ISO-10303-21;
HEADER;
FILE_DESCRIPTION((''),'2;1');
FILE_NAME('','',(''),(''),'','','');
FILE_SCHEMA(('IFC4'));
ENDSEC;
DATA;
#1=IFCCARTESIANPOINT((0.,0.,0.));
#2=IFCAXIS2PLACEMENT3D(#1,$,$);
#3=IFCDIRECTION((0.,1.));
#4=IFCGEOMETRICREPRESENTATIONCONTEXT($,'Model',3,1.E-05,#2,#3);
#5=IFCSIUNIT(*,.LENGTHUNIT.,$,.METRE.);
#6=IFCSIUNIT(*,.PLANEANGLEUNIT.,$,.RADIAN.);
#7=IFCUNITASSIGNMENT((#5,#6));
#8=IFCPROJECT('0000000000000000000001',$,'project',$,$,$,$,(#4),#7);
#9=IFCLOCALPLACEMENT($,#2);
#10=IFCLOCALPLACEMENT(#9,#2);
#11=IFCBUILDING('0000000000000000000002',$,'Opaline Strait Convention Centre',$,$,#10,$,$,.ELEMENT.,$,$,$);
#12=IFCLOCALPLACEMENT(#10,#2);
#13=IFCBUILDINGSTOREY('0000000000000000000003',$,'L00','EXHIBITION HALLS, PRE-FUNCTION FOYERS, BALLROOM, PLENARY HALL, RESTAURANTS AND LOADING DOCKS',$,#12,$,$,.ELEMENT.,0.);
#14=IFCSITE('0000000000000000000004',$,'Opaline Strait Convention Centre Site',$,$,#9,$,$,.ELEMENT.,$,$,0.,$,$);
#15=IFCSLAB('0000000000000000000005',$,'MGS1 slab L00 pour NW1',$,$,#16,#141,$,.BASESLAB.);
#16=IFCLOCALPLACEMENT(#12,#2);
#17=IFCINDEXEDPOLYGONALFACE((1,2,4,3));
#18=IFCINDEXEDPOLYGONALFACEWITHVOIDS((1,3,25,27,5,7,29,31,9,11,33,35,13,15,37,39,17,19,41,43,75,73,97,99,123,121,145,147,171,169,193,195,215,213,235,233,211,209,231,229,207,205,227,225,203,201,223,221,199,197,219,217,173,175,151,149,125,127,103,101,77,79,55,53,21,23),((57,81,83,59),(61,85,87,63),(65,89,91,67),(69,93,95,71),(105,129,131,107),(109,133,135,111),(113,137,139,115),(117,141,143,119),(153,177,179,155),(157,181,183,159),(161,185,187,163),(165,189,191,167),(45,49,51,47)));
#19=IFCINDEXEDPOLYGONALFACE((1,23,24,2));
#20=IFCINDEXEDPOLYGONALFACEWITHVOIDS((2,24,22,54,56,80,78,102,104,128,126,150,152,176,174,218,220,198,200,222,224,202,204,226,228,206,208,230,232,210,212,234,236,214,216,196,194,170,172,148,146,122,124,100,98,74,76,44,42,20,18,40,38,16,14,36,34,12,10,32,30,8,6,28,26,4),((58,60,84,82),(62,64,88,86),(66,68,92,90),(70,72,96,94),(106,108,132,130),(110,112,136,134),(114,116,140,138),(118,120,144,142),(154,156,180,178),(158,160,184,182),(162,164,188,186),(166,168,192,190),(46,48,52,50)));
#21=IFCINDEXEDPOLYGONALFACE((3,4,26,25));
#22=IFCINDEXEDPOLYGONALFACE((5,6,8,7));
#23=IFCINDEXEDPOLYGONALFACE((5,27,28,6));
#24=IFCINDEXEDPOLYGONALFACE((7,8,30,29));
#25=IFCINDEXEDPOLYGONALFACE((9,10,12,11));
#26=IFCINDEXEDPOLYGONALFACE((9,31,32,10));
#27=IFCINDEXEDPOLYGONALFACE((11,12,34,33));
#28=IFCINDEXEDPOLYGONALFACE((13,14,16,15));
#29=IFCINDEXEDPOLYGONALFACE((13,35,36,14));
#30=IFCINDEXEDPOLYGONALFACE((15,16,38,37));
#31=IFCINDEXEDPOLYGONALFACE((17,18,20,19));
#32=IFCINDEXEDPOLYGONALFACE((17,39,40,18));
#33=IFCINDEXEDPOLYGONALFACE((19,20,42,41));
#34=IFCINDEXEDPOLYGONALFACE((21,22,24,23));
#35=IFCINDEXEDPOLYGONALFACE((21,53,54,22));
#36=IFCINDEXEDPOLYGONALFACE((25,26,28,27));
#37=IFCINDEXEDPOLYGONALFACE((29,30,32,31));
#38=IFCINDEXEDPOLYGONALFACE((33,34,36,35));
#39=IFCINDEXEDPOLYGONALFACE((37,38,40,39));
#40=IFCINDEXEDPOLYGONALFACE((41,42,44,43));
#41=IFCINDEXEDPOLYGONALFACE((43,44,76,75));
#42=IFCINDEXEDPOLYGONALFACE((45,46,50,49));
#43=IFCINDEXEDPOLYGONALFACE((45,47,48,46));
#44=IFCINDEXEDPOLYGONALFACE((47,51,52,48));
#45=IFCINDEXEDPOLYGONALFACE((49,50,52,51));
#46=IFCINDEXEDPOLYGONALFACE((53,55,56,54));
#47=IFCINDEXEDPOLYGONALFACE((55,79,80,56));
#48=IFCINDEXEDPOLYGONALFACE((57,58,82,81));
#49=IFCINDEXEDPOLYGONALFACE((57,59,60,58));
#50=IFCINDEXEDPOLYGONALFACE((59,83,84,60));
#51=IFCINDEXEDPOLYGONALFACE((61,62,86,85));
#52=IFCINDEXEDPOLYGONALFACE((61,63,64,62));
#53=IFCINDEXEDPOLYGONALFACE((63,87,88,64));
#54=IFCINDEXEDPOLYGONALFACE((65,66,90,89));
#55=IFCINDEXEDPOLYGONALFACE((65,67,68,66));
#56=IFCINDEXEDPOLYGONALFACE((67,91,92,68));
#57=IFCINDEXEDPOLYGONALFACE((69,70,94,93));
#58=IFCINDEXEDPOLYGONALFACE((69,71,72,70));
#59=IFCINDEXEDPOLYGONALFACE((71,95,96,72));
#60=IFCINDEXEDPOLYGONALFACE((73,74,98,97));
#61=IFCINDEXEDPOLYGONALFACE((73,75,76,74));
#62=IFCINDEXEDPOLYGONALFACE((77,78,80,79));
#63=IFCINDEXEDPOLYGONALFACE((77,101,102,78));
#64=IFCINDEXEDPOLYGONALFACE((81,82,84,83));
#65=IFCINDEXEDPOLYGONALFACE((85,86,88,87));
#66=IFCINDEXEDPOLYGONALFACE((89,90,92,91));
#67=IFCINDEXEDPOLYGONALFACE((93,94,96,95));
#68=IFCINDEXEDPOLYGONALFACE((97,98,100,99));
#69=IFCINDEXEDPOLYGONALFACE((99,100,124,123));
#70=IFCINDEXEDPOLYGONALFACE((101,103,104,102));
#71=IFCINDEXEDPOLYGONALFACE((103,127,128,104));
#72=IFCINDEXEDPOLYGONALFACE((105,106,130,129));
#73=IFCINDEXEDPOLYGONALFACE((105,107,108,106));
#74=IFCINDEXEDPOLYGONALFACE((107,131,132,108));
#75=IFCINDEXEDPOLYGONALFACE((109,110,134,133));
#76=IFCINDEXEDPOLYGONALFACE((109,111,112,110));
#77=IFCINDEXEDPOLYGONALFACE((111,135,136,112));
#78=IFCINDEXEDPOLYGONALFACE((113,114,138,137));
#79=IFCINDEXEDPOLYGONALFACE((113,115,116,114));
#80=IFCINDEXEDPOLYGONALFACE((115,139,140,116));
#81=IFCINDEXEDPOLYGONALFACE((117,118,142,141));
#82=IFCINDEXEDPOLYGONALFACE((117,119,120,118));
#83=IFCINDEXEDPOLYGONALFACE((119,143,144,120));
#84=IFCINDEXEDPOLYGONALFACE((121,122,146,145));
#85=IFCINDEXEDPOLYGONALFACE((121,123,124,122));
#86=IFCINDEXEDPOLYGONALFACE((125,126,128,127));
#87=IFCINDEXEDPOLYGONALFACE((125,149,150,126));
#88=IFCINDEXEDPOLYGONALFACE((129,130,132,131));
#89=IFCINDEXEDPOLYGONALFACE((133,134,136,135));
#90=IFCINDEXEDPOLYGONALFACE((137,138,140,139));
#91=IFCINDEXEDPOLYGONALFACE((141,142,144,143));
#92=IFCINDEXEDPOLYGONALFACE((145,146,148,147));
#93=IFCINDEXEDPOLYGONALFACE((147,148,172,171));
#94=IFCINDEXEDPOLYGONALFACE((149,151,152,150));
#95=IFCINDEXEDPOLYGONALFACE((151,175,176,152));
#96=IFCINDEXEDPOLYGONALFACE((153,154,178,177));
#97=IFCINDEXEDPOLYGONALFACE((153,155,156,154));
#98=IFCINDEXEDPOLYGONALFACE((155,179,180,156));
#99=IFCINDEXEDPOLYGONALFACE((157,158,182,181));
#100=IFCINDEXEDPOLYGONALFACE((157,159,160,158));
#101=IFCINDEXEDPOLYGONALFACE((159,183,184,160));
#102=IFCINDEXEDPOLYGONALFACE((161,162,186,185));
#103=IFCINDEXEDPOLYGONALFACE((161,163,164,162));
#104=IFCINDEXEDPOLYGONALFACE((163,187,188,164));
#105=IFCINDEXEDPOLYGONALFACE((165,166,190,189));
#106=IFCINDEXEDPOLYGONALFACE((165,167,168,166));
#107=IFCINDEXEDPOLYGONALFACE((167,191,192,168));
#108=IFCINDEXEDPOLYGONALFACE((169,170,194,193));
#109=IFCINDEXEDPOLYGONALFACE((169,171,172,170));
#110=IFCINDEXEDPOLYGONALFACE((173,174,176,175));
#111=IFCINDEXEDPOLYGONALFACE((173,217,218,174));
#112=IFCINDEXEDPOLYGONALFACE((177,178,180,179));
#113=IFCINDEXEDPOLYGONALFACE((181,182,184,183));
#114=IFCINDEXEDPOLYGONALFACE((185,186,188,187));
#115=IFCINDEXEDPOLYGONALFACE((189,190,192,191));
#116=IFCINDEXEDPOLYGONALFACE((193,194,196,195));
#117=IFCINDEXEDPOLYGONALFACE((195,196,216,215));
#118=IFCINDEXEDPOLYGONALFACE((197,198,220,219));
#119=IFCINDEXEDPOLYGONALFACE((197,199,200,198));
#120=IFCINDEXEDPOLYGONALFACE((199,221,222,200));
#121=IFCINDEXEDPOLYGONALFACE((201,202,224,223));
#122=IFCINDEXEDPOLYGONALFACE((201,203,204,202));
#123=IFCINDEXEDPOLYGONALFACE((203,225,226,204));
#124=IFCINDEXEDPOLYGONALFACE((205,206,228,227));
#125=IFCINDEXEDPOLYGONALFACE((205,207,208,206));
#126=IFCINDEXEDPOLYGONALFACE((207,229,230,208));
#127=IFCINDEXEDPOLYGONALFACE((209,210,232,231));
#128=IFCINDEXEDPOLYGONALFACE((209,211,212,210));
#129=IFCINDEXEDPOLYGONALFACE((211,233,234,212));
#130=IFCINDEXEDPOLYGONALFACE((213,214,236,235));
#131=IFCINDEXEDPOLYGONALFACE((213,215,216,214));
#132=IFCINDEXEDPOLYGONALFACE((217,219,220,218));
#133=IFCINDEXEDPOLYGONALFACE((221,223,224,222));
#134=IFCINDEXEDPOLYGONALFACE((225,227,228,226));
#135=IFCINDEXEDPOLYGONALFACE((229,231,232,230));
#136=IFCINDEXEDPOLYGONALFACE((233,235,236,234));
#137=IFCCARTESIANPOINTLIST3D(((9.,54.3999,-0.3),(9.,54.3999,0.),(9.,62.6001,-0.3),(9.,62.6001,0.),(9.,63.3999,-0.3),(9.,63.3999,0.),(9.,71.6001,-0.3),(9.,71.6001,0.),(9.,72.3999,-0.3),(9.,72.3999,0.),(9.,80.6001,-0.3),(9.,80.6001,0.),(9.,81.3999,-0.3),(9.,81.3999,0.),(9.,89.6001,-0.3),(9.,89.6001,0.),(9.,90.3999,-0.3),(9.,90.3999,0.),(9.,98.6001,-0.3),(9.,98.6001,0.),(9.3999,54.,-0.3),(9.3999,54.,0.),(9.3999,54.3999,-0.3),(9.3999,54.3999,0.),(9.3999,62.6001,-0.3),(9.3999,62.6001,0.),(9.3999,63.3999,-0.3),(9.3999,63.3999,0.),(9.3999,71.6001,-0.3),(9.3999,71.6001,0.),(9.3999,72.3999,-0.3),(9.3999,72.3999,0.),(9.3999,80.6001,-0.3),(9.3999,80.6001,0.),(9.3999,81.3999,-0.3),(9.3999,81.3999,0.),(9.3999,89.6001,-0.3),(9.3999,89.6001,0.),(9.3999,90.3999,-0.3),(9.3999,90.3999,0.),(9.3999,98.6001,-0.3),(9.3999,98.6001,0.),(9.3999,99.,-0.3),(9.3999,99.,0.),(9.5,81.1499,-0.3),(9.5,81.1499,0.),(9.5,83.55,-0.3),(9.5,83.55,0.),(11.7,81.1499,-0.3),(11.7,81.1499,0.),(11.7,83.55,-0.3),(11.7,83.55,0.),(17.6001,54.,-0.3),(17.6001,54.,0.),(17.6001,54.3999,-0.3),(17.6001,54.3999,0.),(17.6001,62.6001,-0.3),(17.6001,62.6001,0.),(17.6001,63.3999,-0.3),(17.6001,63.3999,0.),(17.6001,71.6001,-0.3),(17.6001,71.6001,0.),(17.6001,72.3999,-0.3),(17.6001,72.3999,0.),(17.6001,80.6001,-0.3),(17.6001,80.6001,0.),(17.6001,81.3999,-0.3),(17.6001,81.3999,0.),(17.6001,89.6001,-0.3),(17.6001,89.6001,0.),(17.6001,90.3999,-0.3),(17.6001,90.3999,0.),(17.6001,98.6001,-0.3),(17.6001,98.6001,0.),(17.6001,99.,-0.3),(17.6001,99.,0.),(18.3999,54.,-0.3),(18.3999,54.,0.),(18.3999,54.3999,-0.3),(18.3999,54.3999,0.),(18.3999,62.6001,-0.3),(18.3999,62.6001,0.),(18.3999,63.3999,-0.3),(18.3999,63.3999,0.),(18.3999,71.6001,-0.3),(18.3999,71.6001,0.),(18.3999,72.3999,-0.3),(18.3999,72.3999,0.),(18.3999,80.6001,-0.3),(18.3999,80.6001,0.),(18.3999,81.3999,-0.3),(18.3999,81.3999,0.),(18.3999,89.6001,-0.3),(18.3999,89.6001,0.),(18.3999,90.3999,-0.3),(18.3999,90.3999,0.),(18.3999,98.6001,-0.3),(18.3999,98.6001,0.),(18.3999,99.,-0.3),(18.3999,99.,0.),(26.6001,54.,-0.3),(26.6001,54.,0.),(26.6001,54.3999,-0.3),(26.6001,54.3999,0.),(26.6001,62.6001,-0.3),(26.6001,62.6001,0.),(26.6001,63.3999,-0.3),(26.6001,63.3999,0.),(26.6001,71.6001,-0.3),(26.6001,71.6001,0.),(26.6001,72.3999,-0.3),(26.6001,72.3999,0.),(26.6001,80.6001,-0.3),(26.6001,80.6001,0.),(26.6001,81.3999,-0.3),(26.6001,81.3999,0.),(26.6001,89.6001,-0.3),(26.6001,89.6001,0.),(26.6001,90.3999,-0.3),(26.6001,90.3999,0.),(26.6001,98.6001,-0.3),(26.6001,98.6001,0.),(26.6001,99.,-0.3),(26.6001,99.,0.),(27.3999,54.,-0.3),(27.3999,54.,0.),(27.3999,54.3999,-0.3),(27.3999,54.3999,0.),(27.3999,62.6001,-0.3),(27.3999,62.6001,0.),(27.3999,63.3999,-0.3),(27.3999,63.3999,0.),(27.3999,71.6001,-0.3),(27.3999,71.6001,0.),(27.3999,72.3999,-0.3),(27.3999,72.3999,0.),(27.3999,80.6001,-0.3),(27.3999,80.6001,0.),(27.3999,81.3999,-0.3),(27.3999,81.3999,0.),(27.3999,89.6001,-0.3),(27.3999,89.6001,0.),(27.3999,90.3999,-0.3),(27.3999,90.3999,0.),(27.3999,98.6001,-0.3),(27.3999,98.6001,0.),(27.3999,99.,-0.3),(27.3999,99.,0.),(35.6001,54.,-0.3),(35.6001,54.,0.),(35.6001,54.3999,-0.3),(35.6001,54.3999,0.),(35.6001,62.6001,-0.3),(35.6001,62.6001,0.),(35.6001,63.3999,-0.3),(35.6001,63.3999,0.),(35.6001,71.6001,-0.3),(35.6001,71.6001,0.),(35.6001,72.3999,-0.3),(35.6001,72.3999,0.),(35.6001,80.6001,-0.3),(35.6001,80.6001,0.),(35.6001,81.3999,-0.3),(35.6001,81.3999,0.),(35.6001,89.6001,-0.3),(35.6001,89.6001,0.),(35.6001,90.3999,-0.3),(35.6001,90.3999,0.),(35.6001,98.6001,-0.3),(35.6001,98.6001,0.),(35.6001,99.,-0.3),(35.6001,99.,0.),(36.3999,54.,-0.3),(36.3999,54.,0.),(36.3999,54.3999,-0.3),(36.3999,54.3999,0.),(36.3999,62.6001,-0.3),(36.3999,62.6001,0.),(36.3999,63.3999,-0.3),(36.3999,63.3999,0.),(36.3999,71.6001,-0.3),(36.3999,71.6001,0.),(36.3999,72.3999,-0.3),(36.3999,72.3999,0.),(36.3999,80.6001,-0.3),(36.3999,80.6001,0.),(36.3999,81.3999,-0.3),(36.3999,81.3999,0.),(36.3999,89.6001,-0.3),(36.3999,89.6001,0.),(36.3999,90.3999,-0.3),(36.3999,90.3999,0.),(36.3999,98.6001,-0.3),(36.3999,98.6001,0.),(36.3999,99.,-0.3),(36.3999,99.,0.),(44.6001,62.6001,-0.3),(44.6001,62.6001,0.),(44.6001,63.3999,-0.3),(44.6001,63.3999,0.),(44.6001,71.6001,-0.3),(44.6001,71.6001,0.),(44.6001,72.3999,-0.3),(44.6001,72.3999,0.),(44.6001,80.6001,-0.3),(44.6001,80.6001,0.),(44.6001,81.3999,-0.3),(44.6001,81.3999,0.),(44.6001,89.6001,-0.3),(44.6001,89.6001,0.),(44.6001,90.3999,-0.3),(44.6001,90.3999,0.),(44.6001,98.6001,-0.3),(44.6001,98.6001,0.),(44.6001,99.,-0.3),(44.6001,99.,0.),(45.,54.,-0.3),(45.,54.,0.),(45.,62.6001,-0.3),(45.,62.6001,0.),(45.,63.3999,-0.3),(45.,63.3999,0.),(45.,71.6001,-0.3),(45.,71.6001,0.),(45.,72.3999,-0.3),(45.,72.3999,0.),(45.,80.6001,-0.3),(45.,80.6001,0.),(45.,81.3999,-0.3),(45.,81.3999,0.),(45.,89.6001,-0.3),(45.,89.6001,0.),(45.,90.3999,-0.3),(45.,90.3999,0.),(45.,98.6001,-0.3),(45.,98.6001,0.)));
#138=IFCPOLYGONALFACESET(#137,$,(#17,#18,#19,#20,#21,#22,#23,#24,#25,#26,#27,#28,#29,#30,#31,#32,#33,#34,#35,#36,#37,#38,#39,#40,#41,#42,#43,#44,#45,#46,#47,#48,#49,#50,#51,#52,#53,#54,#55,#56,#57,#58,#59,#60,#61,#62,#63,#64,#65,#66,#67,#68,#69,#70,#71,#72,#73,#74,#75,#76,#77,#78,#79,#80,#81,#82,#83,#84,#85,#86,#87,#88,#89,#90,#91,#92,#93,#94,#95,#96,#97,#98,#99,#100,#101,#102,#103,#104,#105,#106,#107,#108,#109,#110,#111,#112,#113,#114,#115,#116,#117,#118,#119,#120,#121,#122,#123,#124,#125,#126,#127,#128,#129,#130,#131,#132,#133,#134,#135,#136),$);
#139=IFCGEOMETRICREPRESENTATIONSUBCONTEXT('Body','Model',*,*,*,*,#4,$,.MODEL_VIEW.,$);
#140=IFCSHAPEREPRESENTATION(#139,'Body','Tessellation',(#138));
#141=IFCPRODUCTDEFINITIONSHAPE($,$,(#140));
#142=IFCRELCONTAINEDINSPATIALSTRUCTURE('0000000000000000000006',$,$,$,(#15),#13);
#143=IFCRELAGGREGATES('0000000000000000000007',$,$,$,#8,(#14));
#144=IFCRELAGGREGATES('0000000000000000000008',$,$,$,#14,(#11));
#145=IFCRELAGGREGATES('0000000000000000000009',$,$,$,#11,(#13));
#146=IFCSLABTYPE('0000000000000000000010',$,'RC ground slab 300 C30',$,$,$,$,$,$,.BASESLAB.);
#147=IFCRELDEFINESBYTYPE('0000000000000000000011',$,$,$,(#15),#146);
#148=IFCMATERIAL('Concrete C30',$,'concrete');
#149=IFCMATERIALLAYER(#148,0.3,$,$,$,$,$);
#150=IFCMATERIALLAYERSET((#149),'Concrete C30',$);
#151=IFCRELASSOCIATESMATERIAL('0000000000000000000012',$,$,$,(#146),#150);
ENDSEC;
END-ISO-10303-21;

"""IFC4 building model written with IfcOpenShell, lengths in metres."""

from ifc_helpers import new_model, si_unit, direction, frame, origin, place, context, subcontext, project, spatial, polyline, outline, extrude, material, layer, layer_set, type_object, element, save


model = new_model("IFC4")

# Units and contexts
model_context = context("Model", 3, precision=1e-05, world=origin(), true_north=direction((0.0, 1.0)))
body_context = subcontext(model_context, "Body", "Model", "MODEL_VIEW")
ifc_project = project(units=[si_unit("LENGTHUNIT", "METRE"), si_unit("PLANEANGLEUNIT", "RADIAN")], contexts=[model_context])

# Site, building, storey
site_placement = place(None, origin())
site = spatial("IfcSite", under=ifc_project, at=site_placement, Name="Opaline Strait Convention Centre Site", CompositionType="ELEMENT", RefElevation=0.0)
building_placement = place(site_placement, origin())
building = spatial("IfcBuilding", under=site, at=building_placement, Name="Opaline Strait Convention Centre", CompositionType="ELEMENT")
storey_placement = place(building_placement, origin())
storey = spatial("IfcBuildingStorey", under=building, at=storey_placement, Name="L00", Description="EXHIBITION HALLS, PRE-FUNCTION FOYERS, BALLROOM, PLENARY HALL, RESTAURANTS AND LOADING DOCKS", CompositionType="ELEMENT", Elevation=0.0)

# Slab
ifc_material = material(Name="Concrete C30", Category="concrete")
ifc_layer_1 = layer(ifc_material, 0.3)
ifc_layer_set_1 = layer_set([ifc_layer_1], Name="Concrete C30")
slab_type_1 = type_object("IfcSlabType", Name="RC ground slab 300 C30", PredefinedType="BASESLAB", material=ifc_layer_set_1)
slab_1_placement = place(storey_placement, frame((0.0, 0.0, -0.3)))
element("IfcSlab", 1, at=slab_1_placement, inside=storey, type_object=slab_type_1, Name="MGS1 slab L00 pour NW1", PredefinedType="BASESLAB", context=body_context, shape_type="SweptSolid", body=[
    extrude(outline(polyline([(9.3999, 54.3999), (9.0, 54.3999), (9.0, 62.6001), (9.3999, 62.6001), (9.3999, 63.3999), (9.0, 63.3999), (9.0, 71.6001), (9.3999, 71.6001), (9.3999, 72.3999), (9.0, 72.3999), (9.0, 80.6001), (9.3999, 80.6001), (9.3999, 81.3999), (9.0, 81.3999), (9.0, 89.6001), (9.3999, 89.6001), (9.3999, 90.3999), (9.0, 90.3999), (9.0, 98.6001), (9.3999, 98.6001), (9.3999, 99.0), (17.6001, 99.0), (17.6001, 98.6001), (18.3999, 98.6001), (18.3999, 99.0), (26.6001, 99.0), (26.6001, 98.6001), (27.3999, 98.6001), (27.3999, 99.0), (35.6001, 99.0), (35.6001, 98.6001), (36.3999, 98.6001), (36.3999, 99.0), (44.6001, 99.0), (44.6001, 98.6001), (45.0, 98.6001), (45.0, 90.3999), (44.6001, 90.3999), (44.6001, 89.6001), (45.0, 89.6001), (45.0, 81.3999), (44.6001, 81.3999), (44.6001, 80.6001), (45.0, 80.6001), (45.0, 72.3999), (44.6001, 72.3999), (44.6001, 71.6001), (45.0, 71.6001), (45.0, 63.3999), (44.6001, 63.3999), (44.6001, 62.6001), (45.0, 62.6001), (45.0, 54.0), (36.3999, 54.0), (36.3999, 54.3999), (35.6001, 54.3999), (35.6001, 54.0), (27.3999, 54.0), (27.3999, 54.3999), (26.6001, 54.3999), (26.6001, 54.0), (18.3999, 54.0), (18.3999, 54.3999), (17.6001, 54.3999), (17.6001, 54.0), (9.3999, 54.0), (9.3999, 54.3999)]), holes=[polyline([(18.3999, 62.6001), (18.3999, 63.3999), (17.6001, 63.3999), (17.6001, 62.6001), (18.3999, 62.6001)]), polyline([(17.6001, 71.6001), (18.3999, 71.6001), (18.3999, 72.3999), (17.6001, 72.3999), (17.6001, 71.6001)]), polyline([(17.6001, 80.6001), (18.3999, 80.6001), (18.3999, 81.3999), (17.6001, 81.3999), (17.6001, 80.6001)]), polyline([(9.5, 81.1499), (11.7, 81.1499), (11.7, 83.55), (9.5, 83.55), (9.5, 81.1499)]), polyline([(17.6001, 89.6001), (18.3999, 89.6001), (18.3999, 90.3999), (17.6001, 90.3999), (17.6001, 89.6001)]), polyline([(27.3999, 62.6001), (27.3999, 63.3999), (26.6001, 63.3999), (26.6001, 62.6001), (27.3999, 62.6001)]), polyline([(35.6001, 62.6001), (36.3999, 62.6001), (36.3999, 63.3999), (35.6001, 63.3999), (35.6001, 62.6001)]), polyline([(35.6001, 71.6001), (36.3999, 71.6001), (36.3999, 72.3999), (35.6001, 72.3999), (35.6001, 71.6001)]), polyline([(26.6001, 71.6001), (27.3999, 71.6001), (27.3999, 72.3999), (26.6001, 72.3999), (26.6001, 71.6001)]), polyline([(35.6001, 80.6001), (36.3999, 80.6001), (36.3999, 81.3999), (35.6001, 81.3999), (35.6001, 80.6001)]), polyline([(27.3999, 80.6001), (27.3999, 81.3999), (26.6001, 81.3999), (26.6001, 80.6001), (27.3999, 80.6001)]), polyline([(35.6001, 89.6001), (36.3999, 89.6001), (36.3999, 90.3999), (35.6001, 90.3999), (35.6001, 89.6001)]), polyline([(26.6001, 89.6001), (27.3999, 89.6001), (27.3999, 90.3999), (26.6001, 90.3999), (26.6001, 89.6001)])]), origin(), (0.0, 0.0, 1.0), 0.3),
])

save(model, "model.ifc")
